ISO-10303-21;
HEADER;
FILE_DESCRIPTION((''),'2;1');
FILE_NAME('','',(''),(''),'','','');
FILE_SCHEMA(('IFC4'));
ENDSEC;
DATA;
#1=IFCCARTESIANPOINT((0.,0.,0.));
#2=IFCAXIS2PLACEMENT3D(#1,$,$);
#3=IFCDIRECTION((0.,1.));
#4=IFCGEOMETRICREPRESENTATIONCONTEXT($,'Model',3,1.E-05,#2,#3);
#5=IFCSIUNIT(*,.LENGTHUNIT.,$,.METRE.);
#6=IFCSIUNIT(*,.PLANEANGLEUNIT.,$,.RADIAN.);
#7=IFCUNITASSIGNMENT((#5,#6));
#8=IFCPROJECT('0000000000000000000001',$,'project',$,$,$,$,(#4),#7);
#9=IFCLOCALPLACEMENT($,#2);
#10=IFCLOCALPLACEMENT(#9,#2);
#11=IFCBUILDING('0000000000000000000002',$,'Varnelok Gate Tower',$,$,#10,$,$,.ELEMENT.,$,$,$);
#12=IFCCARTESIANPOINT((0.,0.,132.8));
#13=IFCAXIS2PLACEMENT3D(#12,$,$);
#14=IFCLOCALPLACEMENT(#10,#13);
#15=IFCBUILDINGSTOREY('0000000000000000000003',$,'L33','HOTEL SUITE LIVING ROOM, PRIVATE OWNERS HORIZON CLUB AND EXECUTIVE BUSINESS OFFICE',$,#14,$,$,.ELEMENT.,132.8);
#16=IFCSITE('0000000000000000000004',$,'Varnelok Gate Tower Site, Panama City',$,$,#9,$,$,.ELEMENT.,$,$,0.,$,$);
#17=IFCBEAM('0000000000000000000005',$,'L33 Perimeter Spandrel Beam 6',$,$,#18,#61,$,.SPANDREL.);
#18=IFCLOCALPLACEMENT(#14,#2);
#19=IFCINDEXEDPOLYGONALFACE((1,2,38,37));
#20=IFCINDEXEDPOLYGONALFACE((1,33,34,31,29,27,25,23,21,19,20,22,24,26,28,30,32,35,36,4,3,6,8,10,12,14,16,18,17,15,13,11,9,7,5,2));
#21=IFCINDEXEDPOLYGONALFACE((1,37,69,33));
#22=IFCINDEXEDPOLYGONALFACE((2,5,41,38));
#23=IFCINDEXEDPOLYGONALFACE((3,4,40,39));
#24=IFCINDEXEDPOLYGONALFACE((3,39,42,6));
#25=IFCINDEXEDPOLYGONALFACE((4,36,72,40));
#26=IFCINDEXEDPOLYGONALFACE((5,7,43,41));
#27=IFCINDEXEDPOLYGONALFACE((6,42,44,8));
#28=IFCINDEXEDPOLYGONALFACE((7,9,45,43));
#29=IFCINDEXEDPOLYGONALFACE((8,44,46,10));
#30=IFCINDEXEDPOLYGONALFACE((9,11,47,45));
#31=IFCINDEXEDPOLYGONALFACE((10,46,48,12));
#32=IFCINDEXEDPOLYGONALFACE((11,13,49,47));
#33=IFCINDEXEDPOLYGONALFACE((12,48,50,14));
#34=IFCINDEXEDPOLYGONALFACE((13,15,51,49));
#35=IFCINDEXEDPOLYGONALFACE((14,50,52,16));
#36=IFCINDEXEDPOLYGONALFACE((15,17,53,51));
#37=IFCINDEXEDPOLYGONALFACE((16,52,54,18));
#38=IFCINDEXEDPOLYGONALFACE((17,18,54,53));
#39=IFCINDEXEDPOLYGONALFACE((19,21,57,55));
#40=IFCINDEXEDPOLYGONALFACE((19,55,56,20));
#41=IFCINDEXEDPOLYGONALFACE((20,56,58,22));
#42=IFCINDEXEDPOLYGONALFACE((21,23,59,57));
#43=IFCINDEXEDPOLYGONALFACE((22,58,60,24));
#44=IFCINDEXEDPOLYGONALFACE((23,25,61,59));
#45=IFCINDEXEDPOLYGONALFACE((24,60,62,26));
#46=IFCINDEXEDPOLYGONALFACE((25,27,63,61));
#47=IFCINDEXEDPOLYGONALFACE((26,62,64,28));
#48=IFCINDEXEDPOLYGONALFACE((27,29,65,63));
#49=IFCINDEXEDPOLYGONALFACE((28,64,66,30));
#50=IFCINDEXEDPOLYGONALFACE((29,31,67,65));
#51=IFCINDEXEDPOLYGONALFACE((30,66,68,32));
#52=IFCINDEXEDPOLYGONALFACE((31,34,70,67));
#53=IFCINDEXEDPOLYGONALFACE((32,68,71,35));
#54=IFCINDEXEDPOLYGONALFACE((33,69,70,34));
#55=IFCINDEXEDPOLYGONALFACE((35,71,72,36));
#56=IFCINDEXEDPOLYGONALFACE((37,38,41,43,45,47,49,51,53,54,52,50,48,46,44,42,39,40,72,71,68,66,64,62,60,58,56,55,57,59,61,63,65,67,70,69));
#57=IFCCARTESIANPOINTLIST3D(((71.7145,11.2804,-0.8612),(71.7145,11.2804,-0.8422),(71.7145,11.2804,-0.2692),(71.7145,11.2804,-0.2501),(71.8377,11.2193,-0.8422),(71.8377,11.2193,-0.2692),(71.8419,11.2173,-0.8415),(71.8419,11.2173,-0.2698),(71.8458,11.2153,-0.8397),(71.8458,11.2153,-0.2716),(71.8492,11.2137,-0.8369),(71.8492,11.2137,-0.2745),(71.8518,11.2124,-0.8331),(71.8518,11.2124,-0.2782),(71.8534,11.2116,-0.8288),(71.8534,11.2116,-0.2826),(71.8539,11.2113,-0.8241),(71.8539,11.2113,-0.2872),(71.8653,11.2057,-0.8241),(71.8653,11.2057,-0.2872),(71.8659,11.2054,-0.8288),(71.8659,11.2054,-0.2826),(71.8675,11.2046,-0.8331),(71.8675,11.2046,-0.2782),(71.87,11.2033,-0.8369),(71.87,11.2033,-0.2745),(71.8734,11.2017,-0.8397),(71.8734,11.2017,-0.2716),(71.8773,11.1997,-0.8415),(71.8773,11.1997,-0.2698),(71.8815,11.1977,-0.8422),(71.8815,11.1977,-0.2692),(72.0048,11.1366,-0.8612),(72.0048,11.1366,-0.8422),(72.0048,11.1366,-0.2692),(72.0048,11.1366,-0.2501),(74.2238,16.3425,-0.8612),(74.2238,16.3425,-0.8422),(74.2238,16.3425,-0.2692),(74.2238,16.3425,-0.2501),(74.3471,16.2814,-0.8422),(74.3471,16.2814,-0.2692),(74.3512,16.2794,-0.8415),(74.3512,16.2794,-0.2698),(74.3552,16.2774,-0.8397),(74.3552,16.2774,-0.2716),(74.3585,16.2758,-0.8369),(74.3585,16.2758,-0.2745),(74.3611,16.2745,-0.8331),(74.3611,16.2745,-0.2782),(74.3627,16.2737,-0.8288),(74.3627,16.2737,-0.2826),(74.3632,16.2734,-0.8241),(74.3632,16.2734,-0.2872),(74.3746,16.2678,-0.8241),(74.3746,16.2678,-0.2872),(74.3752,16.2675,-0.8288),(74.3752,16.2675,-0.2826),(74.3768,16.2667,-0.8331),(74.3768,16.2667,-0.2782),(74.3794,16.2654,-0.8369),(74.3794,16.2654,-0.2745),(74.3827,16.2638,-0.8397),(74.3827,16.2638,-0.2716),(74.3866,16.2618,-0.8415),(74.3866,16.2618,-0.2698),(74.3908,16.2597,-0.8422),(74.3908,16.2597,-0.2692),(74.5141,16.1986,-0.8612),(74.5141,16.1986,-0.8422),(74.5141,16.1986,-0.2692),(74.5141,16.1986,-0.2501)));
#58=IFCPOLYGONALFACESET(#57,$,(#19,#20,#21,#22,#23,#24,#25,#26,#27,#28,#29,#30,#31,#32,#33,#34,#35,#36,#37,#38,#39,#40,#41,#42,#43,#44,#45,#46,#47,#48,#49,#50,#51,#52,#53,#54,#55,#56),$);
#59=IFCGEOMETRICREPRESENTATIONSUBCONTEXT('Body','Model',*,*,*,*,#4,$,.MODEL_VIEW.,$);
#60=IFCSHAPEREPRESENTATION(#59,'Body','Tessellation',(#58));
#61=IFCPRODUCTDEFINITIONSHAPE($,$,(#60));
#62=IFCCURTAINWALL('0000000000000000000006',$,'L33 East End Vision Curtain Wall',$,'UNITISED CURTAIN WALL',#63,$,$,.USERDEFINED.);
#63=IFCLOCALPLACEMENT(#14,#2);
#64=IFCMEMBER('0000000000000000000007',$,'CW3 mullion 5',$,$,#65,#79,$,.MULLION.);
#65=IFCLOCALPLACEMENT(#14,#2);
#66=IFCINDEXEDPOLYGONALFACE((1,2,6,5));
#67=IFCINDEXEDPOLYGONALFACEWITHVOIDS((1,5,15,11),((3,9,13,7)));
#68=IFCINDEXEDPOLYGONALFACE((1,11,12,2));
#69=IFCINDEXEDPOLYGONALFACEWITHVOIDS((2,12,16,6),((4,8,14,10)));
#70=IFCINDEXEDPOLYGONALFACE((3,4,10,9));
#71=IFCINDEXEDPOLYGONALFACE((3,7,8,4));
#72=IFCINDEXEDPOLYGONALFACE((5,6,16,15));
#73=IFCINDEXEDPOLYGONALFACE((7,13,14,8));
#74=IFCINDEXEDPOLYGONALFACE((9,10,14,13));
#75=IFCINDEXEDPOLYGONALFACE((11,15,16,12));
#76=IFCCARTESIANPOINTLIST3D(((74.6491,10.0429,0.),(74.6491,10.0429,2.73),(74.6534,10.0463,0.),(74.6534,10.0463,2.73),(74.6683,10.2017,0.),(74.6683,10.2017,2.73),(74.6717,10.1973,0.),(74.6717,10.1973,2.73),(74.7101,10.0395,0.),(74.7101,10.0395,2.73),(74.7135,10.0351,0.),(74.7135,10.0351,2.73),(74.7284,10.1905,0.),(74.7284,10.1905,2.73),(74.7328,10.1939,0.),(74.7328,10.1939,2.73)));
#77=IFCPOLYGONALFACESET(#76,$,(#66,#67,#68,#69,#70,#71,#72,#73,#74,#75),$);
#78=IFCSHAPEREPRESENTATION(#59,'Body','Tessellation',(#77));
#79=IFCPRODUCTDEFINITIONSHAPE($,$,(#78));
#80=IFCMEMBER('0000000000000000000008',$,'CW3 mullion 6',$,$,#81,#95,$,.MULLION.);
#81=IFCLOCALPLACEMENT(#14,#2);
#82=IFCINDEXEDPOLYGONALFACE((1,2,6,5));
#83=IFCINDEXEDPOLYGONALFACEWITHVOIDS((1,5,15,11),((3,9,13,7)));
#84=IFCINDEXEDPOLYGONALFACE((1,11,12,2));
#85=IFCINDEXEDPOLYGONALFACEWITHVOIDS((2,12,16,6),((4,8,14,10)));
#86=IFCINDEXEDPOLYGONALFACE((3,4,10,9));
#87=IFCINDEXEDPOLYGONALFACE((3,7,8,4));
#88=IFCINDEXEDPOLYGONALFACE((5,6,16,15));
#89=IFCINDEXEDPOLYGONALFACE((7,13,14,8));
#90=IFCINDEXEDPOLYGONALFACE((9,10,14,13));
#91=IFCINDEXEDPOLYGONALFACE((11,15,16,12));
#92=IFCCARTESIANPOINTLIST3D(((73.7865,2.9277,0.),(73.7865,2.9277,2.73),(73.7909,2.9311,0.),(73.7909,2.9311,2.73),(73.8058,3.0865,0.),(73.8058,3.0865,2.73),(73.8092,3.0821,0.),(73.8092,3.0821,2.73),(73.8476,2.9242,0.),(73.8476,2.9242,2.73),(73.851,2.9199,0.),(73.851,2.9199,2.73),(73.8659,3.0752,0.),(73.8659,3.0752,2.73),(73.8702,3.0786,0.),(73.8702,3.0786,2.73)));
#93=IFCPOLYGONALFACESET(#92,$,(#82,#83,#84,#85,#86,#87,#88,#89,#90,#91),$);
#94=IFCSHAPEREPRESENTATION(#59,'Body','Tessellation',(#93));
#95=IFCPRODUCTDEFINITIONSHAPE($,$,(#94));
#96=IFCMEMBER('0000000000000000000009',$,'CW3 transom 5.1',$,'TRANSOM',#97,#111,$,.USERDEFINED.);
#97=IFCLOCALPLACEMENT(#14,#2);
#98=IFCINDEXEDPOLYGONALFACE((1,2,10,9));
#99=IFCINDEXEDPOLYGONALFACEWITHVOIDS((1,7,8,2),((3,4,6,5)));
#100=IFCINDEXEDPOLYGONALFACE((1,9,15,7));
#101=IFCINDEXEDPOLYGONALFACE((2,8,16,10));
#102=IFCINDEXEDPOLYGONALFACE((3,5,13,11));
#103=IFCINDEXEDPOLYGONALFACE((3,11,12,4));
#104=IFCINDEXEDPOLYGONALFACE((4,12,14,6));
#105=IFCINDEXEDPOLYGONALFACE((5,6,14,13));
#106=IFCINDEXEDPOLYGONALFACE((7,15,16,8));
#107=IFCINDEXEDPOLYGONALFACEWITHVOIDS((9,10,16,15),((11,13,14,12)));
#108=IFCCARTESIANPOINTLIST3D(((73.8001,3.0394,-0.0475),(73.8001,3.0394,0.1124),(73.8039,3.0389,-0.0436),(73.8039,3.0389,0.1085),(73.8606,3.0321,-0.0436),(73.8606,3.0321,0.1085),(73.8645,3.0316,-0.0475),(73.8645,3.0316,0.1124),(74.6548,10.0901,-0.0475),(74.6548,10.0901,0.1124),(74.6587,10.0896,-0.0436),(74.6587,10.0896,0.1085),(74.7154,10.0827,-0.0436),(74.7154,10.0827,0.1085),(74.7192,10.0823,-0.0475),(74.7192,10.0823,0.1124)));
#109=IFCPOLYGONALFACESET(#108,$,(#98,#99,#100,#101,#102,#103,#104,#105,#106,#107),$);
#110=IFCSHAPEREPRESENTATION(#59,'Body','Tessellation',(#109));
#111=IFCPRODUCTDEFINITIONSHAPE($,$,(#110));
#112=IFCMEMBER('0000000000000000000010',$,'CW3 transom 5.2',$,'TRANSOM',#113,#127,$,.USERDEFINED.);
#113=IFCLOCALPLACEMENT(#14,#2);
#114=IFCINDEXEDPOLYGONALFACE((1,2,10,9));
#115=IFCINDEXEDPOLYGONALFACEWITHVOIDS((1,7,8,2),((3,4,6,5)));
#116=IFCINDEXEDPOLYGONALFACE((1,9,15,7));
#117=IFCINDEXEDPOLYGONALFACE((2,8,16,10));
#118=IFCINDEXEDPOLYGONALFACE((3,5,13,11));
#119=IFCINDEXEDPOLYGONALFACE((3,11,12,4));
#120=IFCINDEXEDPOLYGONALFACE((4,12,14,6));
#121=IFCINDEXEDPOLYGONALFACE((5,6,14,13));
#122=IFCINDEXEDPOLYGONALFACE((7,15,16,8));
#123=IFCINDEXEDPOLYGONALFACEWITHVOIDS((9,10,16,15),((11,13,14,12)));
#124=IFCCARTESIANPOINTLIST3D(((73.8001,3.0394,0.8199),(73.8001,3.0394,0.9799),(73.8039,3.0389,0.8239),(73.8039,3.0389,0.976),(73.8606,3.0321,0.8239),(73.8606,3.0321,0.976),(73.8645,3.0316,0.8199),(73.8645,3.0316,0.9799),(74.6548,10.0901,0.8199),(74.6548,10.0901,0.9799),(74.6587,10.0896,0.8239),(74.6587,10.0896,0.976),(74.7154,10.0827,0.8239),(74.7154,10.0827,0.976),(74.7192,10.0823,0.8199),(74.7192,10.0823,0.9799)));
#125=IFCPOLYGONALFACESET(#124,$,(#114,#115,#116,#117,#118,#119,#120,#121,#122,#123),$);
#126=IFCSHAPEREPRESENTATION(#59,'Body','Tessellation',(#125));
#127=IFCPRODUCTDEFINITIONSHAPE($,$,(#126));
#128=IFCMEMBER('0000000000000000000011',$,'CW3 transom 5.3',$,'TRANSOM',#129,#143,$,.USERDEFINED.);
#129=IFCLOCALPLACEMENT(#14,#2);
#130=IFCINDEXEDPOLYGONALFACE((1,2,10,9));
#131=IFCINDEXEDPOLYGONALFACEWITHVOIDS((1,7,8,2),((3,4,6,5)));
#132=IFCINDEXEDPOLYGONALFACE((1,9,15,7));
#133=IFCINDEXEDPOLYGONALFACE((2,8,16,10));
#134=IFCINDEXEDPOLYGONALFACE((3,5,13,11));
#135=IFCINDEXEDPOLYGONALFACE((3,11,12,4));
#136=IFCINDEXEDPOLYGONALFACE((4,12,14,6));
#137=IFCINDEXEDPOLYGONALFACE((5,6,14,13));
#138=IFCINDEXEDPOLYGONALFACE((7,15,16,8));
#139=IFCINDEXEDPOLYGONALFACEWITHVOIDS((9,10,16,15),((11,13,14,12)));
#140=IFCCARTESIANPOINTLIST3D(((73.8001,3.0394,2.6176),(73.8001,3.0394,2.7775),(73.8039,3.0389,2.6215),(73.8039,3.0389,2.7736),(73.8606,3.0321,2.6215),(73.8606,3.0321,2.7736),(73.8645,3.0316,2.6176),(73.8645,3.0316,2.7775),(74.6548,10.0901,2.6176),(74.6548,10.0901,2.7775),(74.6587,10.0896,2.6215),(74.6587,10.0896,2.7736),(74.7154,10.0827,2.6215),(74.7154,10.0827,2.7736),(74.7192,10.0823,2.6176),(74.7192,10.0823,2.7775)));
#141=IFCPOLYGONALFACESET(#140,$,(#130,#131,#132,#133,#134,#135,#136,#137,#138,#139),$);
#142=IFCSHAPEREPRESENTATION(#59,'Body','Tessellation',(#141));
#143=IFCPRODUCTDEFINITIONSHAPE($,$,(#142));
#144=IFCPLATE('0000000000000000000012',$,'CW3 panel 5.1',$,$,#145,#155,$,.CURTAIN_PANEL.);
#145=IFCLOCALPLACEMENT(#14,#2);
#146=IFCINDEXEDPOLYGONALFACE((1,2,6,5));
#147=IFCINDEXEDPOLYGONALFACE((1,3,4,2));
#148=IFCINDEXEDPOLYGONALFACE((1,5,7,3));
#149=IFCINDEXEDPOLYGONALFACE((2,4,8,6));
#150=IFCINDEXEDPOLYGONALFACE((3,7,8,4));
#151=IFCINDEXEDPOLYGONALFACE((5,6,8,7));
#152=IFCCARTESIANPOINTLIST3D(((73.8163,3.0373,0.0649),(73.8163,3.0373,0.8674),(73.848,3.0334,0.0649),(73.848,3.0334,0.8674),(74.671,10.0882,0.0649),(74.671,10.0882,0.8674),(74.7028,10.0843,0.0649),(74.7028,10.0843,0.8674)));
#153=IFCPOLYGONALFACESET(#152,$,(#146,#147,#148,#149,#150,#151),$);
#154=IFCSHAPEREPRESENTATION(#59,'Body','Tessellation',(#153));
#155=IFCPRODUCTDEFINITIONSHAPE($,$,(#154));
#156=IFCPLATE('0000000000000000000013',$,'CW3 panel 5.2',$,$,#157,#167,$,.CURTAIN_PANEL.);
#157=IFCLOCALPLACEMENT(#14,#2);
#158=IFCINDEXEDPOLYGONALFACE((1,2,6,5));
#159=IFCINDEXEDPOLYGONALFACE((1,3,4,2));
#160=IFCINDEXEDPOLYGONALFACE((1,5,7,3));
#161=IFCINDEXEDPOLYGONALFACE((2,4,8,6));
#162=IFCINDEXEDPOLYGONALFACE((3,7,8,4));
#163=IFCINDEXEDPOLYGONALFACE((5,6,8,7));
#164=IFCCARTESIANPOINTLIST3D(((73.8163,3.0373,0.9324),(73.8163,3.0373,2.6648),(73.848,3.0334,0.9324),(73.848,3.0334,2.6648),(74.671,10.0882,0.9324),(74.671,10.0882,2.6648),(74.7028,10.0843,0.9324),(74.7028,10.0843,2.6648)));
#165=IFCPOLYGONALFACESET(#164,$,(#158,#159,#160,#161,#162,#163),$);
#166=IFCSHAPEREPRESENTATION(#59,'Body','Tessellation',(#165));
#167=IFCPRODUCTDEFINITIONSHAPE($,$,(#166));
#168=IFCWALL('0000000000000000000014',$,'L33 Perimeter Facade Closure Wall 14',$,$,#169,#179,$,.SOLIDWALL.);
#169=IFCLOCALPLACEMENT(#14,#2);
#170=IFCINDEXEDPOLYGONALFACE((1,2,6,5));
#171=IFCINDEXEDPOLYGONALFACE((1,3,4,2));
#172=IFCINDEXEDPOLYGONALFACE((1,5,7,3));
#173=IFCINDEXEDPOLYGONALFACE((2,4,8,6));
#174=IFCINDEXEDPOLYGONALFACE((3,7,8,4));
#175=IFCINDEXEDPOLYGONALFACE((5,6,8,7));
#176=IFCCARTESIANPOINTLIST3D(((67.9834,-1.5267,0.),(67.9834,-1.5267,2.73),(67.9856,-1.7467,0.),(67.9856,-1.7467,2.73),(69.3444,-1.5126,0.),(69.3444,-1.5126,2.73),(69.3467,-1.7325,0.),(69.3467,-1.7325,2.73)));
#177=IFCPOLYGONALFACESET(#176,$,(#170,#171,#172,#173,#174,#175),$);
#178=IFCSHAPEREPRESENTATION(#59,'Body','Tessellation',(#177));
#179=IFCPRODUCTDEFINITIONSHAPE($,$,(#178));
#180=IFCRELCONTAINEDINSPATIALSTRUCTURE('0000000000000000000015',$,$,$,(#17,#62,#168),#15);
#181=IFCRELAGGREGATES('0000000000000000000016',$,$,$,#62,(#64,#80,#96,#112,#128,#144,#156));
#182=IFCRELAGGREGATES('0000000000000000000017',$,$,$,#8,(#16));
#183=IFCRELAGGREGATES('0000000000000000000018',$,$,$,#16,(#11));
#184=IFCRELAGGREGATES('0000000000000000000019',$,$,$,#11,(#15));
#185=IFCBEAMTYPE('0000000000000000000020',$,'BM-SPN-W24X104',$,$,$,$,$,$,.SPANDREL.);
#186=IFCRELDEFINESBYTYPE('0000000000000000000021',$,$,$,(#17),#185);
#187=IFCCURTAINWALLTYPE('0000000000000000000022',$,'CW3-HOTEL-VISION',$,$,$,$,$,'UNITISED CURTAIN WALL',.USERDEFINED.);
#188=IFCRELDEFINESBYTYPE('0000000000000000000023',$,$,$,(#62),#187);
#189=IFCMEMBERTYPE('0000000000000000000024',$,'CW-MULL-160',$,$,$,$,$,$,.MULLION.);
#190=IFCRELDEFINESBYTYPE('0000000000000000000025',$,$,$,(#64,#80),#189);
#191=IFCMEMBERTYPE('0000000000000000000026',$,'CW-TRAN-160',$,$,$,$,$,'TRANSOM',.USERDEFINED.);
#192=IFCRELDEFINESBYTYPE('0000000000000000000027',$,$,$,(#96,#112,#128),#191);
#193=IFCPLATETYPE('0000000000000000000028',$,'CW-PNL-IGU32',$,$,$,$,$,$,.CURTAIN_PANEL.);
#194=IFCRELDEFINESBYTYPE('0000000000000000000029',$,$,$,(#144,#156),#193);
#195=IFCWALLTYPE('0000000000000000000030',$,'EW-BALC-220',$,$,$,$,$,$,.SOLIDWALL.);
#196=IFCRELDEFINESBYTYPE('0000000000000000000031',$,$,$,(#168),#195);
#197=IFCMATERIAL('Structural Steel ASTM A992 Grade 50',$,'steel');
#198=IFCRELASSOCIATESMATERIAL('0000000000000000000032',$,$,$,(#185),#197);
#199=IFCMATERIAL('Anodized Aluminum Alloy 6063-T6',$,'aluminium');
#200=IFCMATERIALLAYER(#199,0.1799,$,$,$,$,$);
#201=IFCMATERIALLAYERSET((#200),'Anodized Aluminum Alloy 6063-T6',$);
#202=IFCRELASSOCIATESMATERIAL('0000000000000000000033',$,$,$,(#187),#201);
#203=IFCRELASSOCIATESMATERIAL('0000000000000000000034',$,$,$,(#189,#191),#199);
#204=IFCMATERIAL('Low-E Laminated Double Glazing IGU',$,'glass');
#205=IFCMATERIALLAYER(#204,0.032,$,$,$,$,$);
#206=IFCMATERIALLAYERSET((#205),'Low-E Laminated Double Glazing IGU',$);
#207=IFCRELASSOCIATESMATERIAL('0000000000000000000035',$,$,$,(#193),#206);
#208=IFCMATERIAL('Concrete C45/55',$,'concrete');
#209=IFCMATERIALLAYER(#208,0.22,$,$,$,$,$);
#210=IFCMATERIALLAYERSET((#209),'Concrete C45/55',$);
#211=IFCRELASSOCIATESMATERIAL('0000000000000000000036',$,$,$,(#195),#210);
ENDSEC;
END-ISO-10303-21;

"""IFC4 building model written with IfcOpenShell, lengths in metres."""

from ifc_helpers import new_model, si_unit, direction, frame, frame_2d, origin, origin_2d, place, context, subcontext, project, spatial, rectangle, hollow_rectangle, i_section, extrude, source, transform, mapped, material, layer, layer_set, material_profile, profile_set, type_object, element, aggregate, save


model = new_model("IFC4")

# Units and contexts
model_context = context("Model", 3, precision=1e-05, world=origin(), true_north=direction((0.0, 1.0)))
body_context = subcontext(model_context, "Body", "Model", "MODEL_VIEW")
ifc_project = project(units=[si_unit("LENGTHUNIT", "METRE"), si_unit("PLANEANGLEUNIT", "RADIAN")], contexts=[model_context])

# Site, building, storey
site_placement = place(None, origin())
site = spatial("IfcSite", under=ifc_project, at=site_placement, Name="Varnelok Gate Tower Site, Panama City", CompositionType="ELEMENT", RefElevation=0.0)
building_placement = place(site_placement, origin())
building = spatial("IfcBuilding", under=site, at=building_placement, Name="Varnelok Gate Tower", CompositionType="ELEMENT")
storey_placement = place(building_placement, frame((0.0, 0.0, 132.8)))
storey = spatial("IfcBuildingStorey", under=building, at=storey_placement, Name="L33", Description="HOTEL SUITE LIVING ROOM, PRIVATE OWNERS HORIZON CLUB AND EXECUTIVE BUSINESS OFFICE", CompositionType="ELEMENT", Elevation=132.8)

# Shared definitions
ifc_material_1 = material(Name="Structural Steel ASTM A992 Grade 50", Category="steel")

# Beam
ifc_material_profile_1 = material_profile(ifc_material_1, i_section(OverallWidth=0.324, OverallDepth=0.6111, WebThickness=0.0127, FlangeThickness=0.019, FilletRadius=0.0181, at=origin_2d()), Name="W24X104")
ifc_profile_set_1 = profile_set([ifc_material_profile_1], Name="Structural Steel ASTM A992 Grade 50")
beam_type_1 = type_object("IfcBeamType", Name="BM-SPN-W24X104", PredefinedType="SPANDREL", material=ifc_profile_set_1)
beam_1_placement = place(storey_placement, frame((71.8596, 11.2085, -0.5557), z_axis=(0.444134, 0.89596, 0.0), x_axis=(-0.89596, 0.444134, 0.0)))
element("IfcBeam", 1, at=beam_1_placement, inside=storey, type_object=beam_type_1, Name="L33 Perimeter Spandrel Beam 6", PredefinedType="SPANDREL", context=body_context, shape_type="SweptSolid", body=[
    extrude(i_section(OverallWidth=0.324, OverallDepth=0.6111, WebThickness=0.0127, FlangeThickness=0.019, FilletRadius=0.0181, at=origin_2d()), origin(), (0.0, 0.0, 1.0), 5.6499),
])

# Curtain wall, members, plates
ifc_material_2 = material(Name="Anodized Aluminum Alloy 6063-T6", Category="aluminium")
ifc_layer_1 = layer(ifc_material_2, 0.1799)
ifc_layer_set_1 = layer_set([ifc_layer_1], Name="Anodized Aluminum Alloy 6063-T6")
curtain_wall_type = type_object("IfcCurtainWallType", Name="CW3-HOTEL-VISION", ElementType="UNITISED CURTAIN WALL", PredefinedType="USERDEFINED", material=ifc_layer_set_1)
curtain_wall_placement = place(storey_placement, origin())
curtain_wall = element("IfcCurtainWall", 2, at=curtain_wall_placement, inside=storey, type_object=curtain_wall_type, Name="L33 East End Vision Curtain Wall", ObjectType="UNITISED CURTAIN WALL", PredefinedType="USERDEFINED")
ifc_material_profile_2 = material_profile(ifc_material_2, hollow_rectangle(XDim=0.0649, YDim=0.1599, WallThickness=0.0039, at=origin_2d()), Name="ALU160X65X4")
ifc_profile_set_2 = profile_set([ifc_material_profile_2], Name="Anodized Aluminum Alloy 6063-T6")
member_type_1 = type_object("IfcMemberType", Name="CW-MULL-160", PredefinedType="MULLION", material=ifc_profile_set_2)
member_1_placement = place(storey_placement, frame((74.6909, 10.1184, 0.0), z_axis=(0.0, 0.0, 1.0), x_axis=(0.992732, -0.120347, 0.0)))
member_1 = element("IfcMember", 3, at=member_1_placement, type_object=member_type_1, Name="CW3 mullion 5", PredefinedType="MULLION", context=body_context, shape_type="SweptSolid", body=[
    extrude(hollow_rectangle(XDim=0.0649, YDim=0.1599, WallThickness=0.0039, at=origin_2d()), origin(), (0.0, 0.0, 1.0), 2.73),
])
member_2_placement = place(storey_placement, frame((73.8284, 3.0032, 0.0), z_axis=(0.0, 0.0, 1.0), x_axis=(0.992732, -0.120347, 0.0)))
member_2 = element("IfcMember", 4, at=member_2_placement, type_object=member_type_1, Name="CW3 mullion 6", PredefinedType="MULLION", context=body_context, shape_type="SweptSolid", body=[
    extrude(hollow_rectangle(XDim=0.0649, YDim=0.1599, WallThickness=0.0039, at=origin_2d()), origin(), (0.0, 0.0, 1.0), 2.73),
])
ifc_material_profile_3 = material_profile(ifc_material_2, hollow_rectangle(XDim=0.0649, YDim=0.1599, WallThickness=0.0039, at=origin_2d()), Name="ALU160X65X4")
ifc_profile_set_3 = profile_set([ifc_material_profile_3], Name="Anodized Aluminum Alloy 6063-T6")
member_type_2 = type_object("IfcMemberType", Name="CW-TRAN-160", ElementType="TRANSOM", PredefinedType="USERDEFINED", material=ifc_profile_set_3)
member_3_placement = place(storey_placement, frame((74.687, 10.0862, 0.0325), z_axis=(-0.120345, -0.992732, 0.0), x_axis=(0.992732, -0.120345, 0.0)))
member_3 = element("IfcMember", 5, at=member_3_placement, type_object=member_type_2, Name="CW3 transom 5.1", ObjectType="TRANSOM", PredefinedType="USERDEFINED", context=body_context, shape_type="SweptSolid", body=[
    extrude(hollow_rectangle(XDim=0.0649, YDim=0.1599, WallThickness=0.0039, at=origin_2d()), origin(), (0.0, 0.0, 1.0), 7.1023),
])
member_4_placement = place(storey_placement, frame((74.687, 10.0862, 0.8999), z_axis=(-0.120345, -0.992732, 0.0), x_axis=(0.992732, -0.120345, 0.0)))
member_4 = element("IfcMember", 6, at=member_4_placement, type_object=member_type_2, Name="CW3 transom 5.2", ObjectType="TRANSOM", PredefinedType="USERDEFINED", context=body_context, shape_type="SweptSolid", body=[
    extrude(hollow_rectangle(XDim=0.0649, YDim=0.1599, WallThickness=0.0039, at=origin_2d()), origin(), (0.0, 0.0, 1.0), 7.1023),
])
member_5_placement = place(storey_placement, frame((74.687, 10.0862, 2.6975), z_axis=(-0.120345, -0.992732, 0.0), x_axis=(0.992732, -0.120345, 0.0)))
member_5 = element("IfcMember", 7, at=member_5_placement, type_object=member_type_2, Name="CW3 transom 5.3", ObjectType="TRANSOM", PredefinedType="USERDEFINED", context=body_context, shape_type="SweptSolid", body=[
    extrude(hollow_rectangle(XDim=0.0649, YDim=0.1599, WallThickness=0.0039, at=origin_2d()), origin(), (0.0, 0.0, 1.0), 7.1023),
])
ifc_material_3 = material(Name="Low-E Laminated Double Glazing IGU", Category="glass")
ifc_layer_2 = layer(ifc_material_3, 0.032)
ifc_layer_set_2 = layer_set([ifc_layer_2], Name="Low-E Laminated Double Glazing IGU")
plate_type = type_object("IfcPlateType", Name="CW-PNL-IGU32", PredefinedType="CURTAIN_PANEL", material=ifc_layer_set_2)
shared_shape_1 = source(origin(), body_context, "Body", "SweptSolid", [
    extrude(rectangle(XDim=7.1025, YDim=0.032, at=origin_2d()), origin(), (0.0, 0.0, 1.0), 0.8025),
])
plate_1_placement = place(storey_placement, frame((74.2595, 6.5608, 0.0649), z_axis=(0.0, 0.0, 1.0), x_axis=(-0.120347, -0.992732, 0.0)))
plate_1 = element("IfcPlate", 8, at=plate_1_placement, type_object=plate_type, Name="CW3 panel 5.1", PredefinedType="CURTAIN_PANEL", context=body_context, shape_type="MappedRepresentation", body=[
    mapped(shared_shape_1, transform((0.0, 0.0, 0.0), scale=1.0)),
])
shared_shape_2 = source(origin(), body_context, "Body", "SweptSolid", [
    extrude(rectangle(XDim=7.1025, YDim=0.032, at=origin_2d()), origin(), (0.0, 0.0, 1.0), 1.7324),
])
plate_2_placement = place(storey_placement, frame((74.2595, 6.5608, 0.9324), z_axis=(0.0, 0.0, 1.0), x_axis=(-0.120347, -0.992732, 0.0)))
plate_2 = element("IfcPlate", 9, at=plate_2_placement, type_object=plate_type, Name="CW3 panel 5.2", PredefinedType="CURTAIN_PANEL", context=body_context, shape_type="MappedRepresentation", body=[
    mapped(shared_shape_2, transform((0.0, 0.0, 0.0), scale=1.0)),
])
aggregate(curtain_wall, [member_1, member_2, member_3, member_4, member_5, plate_1, plate_2])

# Wall
ifc_material_4 = material(Name="Concrete C45/55", Category="concrete")
ifc_layer_3 = layer(ifc_material_4, 0.22)
ifc_layer_set_3 = layer_set([ifc_layer_3], Name="Concrete C45/55")
wall_type_1 = type_object("IfcWallType", Name="EW-BALC-220", PredefinedType="SOLIDWALL", material=ifc_layer_set_3)
wall_1_placement = place(storey_placement, frame((67.9844, -1.6367, 0.0), z_axis=(0.0, 0.0, 1.0), x_axis=(0.999946, 0.010403, 0.0)))
element("IfcWall", 10, at=wall_1_placement, inside=storey, type_object=wall_type_1, Name="L33 Perimeter Facade Closure Wall 14", PredefinedType="SOLIDWALL", context=body_context, shape_type="SweptSolid", body=[
    extrude(rectangle(XDim=1.3611, YDim=0.22, at=frame_2d((0.6807, 0.0))), origin(), (0.0, 0.0, 1.0), 2.73),
])

save(model, "model.ifc")
